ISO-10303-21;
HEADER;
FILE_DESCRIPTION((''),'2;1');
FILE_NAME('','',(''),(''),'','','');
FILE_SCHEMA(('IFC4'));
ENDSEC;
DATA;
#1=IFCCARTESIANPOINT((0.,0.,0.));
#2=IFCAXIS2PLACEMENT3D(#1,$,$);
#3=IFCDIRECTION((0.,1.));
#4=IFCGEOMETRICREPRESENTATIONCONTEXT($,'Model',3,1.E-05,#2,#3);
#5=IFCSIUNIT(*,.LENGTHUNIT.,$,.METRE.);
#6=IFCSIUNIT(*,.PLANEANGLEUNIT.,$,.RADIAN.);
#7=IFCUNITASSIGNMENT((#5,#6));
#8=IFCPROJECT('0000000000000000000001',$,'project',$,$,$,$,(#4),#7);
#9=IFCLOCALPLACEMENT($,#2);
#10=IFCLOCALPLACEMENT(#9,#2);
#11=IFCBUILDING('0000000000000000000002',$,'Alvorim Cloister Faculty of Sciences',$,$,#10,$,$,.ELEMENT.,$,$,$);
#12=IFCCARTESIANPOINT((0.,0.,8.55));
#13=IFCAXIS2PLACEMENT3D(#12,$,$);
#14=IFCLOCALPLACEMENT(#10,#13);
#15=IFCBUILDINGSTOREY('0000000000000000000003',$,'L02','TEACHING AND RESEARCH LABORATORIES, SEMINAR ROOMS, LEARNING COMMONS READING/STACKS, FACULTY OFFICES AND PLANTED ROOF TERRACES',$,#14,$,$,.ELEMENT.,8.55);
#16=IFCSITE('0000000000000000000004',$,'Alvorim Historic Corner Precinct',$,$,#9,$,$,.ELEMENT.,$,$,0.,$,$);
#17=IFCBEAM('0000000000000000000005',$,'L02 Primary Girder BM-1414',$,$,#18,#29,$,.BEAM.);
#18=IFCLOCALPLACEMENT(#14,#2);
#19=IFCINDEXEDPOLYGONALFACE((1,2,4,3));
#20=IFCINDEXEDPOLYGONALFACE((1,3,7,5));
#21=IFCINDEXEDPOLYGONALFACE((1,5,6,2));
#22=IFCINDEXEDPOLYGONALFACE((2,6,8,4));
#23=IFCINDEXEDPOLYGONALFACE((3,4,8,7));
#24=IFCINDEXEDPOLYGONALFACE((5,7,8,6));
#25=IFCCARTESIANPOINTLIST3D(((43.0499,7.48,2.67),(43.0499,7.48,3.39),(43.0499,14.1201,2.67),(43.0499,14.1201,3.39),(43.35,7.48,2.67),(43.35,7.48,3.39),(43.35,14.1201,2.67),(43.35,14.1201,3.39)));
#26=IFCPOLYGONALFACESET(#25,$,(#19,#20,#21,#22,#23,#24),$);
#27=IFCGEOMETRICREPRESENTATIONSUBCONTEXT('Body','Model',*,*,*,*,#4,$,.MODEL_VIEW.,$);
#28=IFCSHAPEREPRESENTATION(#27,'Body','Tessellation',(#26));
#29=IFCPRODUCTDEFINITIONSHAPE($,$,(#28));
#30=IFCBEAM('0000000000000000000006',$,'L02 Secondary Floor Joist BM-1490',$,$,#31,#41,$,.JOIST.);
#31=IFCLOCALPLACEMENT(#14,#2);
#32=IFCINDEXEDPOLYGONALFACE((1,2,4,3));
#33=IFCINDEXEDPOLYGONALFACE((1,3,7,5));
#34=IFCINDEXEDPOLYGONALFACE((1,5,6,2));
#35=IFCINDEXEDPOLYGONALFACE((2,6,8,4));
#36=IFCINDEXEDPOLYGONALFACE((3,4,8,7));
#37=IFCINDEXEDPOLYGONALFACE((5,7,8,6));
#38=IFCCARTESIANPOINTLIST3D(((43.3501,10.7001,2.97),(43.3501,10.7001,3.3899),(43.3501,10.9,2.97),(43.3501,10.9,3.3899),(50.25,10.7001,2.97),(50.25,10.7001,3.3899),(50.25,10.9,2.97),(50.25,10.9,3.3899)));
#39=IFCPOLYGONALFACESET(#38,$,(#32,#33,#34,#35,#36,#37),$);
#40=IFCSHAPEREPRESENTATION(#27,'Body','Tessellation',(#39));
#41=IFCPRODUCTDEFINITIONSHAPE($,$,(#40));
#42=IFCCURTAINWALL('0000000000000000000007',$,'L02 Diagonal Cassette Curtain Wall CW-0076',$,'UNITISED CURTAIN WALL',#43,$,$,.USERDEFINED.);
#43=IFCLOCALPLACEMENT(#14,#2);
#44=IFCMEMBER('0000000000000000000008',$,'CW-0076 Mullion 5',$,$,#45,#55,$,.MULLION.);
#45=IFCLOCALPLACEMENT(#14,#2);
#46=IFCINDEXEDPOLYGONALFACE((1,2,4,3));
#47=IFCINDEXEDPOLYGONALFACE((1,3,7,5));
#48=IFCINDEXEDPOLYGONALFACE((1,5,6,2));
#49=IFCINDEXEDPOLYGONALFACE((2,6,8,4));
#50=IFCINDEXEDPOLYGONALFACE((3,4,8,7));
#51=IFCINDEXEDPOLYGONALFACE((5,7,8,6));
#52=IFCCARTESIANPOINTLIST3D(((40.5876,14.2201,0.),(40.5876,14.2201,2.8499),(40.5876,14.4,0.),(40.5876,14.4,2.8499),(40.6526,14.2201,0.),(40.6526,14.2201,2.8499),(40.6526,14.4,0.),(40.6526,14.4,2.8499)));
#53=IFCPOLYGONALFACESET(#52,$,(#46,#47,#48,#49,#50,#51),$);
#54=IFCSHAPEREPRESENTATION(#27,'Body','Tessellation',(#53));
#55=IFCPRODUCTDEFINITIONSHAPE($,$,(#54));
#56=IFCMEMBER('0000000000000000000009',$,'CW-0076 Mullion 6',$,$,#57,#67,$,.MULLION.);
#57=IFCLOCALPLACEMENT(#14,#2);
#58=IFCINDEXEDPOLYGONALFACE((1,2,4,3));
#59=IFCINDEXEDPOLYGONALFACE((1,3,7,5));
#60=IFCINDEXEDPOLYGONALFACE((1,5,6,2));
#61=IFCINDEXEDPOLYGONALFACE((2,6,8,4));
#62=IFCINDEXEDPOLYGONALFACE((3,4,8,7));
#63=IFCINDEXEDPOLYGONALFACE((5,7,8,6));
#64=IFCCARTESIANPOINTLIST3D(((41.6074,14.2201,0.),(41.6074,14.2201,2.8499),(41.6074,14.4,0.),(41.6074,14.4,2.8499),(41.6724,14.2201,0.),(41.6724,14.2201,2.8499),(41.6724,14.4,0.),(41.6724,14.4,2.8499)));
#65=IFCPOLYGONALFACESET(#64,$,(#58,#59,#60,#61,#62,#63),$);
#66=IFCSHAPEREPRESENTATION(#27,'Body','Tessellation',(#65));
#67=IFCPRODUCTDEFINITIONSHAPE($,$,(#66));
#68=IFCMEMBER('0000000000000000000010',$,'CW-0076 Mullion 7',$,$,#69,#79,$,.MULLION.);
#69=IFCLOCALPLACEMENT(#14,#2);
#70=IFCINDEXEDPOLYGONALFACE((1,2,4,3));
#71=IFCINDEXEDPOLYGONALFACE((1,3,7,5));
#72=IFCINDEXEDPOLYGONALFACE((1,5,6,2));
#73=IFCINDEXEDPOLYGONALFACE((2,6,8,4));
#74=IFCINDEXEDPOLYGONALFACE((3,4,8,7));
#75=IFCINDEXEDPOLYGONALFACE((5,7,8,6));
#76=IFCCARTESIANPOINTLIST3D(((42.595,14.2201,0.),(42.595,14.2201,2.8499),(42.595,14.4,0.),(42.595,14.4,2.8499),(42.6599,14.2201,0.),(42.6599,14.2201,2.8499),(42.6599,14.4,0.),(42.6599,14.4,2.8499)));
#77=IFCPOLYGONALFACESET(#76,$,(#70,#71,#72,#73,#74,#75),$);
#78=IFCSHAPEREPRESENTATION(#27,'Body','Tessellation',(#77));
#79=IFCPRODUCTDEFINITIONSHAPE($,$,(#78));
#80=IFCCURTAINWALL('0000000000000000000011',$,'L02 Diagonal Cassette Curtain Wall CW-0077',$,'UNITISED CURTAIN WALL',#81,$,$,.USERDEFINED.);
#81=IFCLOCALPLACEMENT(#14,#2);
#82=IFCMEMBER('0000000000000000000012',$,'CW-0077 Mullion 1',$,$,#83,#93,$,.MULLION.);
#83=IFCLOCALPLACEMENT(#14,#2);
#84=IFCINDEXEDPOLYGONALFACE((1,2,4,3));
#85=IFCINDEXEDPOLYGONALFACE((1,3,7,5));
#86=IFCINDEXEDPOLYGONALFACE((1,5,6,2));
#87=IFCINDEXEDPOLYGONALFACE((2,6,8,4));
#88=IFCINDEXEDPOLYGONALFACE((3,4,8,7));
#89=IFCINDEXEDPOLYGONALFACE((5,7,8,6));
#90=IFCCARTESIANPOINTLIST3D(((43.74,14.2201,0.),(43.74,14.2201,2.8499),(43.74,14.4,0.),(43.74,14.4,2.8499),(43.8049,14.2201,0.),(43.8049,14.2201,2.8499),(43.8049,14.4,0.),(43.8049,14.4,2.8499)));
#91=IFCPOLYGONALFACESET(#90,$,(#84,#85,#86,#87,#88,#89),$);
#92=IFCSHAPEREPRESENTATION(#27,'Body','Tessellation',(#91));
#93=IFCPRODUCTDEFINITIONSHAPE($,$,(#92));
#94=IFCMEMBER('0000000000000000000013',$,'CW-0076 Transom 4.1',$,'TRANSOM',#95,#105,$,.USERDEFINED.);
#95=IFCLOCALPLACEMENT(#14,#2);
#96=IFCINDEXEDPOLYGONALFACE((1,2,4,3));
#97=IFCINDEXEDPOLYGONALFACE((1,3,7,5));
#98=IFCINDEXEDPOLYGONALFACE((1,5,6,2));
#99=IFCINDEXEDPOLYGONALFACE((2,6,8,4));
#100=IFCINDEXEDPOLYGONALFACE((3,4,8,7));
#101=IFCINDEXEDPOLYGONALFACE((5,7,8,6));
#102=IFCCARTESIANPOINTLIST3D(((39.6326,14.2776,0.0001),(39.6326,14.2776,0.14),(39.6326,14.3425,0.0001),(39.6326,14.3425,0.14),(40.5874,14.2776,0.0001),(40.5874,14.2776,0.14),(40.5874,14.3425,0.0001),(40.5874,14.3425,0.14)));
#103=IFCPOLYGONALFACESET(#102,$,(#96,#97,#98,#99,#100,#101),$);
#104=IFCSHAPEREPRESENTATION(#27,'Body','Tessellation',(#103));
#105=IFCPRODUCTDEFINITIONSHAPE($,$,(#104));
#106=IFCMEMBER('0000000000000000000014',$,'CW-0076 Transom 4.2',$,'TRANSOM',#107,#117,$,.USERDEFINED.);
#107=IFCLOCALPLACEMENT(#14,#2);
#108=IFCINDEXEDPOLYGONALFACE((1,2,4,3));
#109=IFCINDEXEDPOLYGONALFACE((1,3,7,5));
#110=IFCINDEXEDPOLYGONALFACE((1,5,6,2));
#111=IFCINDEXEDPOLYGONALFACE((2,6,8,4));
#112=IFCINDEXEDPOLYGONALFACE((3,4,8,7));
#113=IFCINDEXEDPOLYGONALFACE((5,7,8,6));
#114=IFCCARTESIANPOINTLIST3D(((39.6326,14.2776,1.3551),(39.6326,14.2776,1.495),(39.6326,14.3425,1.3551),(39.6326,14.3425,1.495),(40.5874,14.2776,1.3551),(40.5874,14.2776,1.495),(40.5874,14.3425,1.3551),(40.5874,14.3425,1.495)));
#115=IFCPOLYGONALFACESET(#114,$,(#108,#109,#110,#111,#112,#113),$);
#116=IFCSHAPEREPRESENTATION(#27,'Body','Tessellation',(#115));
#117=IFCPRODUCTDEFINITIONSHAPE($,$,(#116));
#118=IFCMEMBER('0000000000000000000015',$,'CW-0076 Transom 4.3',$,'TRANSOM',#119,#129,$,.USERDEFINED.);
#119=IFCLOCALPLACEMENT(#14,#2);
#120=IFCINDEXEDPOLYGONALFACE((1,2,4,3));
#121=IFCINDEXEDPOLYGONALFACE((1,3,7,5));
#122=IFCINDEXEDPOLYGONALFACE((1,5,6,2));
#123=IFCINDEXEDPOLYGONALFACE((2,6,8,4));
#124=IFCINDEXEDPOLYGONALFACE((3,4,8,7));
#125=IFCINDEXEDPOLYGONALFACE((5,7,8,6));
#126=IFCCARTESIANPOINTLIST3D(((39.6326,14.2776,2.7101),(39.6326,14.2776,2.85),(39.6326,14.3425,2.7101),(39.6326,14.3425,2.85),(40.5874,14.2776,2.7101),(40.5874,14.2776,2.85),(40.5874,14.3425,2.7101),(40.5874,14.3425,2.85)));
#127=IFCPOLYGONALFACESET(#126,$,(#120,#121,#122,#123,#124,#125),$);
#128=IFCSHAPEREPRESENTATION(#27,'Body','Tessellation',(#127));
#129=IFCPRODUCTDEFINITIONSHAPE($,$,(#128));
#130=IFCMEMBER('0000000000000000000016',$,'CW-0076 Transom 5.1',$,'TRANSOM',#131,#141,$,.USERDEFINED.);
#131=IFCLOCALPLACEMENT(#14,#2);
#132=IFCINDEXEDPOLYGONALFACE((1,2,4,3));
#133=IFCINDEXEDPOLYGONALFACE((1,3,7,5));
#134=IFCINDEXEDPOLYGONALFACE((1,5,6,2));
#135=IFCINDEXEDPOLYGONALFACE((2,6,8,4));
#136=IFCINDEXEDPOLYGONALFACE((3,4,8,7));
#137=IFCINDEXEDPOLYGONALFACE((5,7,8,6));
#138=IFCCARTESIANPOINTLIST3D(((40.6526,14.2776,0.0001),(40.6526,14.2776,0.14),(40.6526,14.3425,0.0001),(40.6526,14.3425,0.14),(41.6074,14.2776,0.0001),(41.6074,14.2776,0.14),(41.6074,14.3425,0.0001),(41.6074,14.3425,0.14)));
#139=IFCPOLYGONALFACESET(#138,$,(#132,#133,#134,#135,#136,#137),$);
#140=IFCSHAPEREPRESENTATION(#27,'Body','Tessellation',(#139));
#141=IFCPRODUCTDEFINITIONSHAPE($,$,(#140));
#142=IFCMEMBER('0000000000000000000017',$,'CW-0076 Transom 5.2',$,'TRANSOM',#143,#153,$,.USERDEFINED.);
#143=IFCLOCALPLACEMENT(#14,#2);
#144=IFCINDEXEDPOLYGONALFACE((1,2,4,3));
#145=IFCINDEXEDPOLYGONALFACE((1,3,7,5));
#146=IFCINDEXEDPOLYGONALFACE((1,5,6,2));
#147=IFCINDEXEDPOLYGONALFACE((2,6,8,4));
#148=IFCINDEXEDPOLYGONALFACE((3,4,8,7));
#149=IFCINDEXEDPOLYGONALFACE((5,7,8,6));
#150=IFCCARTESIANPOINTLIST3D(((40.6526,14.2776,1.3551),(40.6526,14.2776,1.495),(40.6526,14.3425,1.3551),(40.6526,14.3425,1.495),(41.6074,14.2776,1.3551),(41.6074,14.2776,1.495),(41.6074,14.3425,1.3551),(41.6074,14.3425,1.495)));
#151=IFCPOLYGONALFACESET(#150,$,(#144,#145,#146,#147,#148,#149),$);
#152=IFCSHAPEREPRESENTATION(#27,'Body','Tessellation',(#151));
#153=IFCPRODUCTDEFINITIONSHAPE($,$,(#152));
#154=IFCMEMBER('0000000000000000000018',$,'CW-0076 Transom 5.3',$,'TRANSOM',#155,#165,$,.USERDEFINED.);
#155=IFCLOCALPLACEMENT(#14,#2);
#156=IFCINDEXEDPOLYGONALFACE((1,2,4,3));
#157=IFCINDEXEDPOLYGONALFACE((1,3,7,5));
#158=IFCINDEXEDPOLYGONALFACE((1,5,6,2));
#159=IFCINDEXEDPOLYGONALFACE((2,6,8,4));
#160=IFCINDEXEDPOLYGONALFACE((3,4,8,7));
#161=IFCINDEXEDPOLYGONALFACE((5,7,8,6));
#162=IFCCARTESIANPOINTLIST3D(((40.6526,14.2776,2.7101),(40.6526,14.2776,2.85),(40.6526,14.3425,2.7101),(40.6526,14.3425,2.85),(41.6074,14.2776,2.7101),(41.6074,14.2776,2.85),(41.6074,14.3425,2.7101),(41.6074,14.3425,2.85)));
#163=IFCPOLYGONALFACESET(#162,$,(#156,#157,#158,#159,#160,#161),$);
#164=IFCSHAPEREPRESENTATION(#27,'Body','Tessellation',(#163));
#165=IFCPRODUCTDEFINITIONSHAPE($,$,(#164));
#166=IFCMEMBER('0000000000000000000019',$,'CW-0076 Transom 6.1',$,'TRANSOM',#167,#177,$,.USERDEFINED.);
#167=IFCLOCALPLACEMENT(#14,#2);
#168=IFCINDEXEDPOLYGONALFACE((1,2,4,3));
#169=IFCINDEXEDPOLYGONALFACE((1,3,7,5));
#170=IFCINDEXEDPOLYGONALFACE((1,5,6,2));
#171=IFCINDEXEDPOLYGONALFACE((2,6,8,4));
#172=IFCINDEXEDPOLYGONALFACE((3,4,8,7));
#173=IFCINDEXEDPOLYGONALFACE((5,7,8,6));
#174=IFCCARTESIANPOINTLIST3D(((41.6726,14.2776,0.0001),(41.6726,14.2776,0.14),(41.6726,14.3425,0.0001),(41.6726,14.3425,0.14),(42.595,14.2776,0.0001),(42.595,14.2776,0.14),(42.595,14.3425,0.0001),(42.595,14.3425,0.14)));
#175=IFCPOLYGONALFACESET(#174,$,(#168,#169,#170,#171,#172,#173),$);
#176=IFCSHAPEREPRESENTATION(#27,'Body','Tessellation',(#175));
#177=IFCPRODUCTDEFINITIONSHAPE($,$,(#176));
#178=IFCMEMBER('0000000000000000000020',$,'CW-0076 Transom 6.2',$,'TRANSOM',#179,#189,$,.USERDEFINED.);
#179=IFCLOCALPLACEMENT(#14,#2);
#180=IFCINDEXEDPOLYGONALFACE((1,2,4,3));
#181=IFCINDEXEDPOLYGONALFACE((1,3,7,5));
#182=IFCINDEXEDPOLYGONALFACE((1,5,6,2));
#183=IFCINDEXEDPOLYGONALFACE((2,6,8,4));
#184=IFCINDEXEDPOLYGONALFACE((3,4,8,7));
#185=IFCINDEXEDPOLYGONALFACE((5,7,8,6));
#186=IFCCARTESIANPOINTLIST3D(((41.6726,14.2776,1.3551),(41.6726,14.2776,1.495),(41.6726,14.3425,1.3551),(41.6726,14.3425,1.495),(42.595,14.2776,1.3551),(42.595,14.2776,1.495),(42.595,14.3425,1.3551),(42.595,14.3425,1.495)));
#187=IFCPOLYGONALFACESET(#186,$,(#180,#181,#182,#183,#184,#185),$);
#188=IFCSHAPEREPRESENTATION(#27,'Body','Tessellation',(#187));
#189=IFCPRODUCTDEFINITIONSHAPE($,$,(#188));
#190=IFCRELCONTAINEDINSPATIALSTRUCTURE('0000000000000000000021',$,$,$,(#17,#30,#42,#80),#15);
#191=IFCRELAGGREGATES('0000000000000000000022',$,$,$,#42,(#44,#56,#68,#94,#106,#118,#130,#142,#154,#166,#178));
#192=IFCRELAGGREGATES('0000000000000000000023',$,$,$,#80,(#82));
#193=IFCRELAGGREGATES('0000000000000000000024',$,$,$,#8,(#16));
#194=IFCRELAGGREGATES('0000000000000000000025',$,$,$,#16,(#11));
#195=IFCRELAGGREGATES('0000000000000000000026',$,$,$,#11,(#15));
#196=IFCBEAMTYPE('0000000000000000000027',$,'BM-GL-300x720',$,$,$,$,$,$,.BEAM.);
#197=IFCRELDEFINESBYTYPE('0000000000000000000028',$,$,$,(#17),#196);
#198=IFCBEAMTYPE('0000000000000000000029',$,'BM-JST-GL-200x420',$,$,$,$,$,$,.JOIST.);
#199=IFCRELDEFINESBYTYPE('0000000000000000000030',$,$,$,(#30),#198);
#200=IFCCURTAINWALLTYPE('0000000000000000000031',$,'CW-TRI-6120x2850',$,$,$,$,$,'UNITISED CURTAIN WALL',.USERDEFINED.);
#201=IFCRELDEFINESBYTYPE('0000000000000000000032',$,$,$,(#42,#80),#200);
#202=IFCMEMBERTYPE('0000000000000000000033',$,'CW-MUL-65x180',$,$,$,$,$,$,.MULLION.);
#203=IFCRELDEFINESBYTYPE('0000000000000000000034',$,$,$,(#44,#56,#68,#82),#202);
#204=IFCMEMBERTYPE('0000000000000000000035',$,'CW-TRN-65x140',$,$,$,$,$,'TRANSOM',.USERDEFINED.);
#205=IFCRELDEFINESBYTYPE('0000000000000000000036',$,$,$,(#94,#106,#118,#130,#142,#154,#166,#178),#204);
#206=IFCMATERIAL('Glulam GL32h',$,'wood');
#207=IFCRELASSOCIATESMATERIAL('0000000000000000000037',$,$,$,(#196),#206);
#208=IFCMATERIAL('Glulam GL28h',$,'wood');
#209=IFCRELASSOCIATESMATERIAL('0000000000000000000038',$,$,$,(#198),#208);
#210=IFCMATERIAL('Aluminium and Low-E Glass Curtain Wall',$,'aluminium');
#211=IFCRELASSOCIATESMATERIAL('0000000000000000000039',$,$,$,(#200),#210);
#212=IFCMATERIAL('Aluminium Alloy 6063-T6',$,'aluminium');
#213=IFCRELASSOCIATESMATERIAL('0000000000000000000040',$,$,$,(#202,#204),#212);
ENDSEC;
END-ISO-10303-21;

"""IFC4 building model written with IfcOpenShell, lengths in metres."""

from ifc_helpers import new_model, si_unit, direction, frame, origin, origin_2d, place, context, subcontext, project, spatial, rectangle, extrude, material, material_profile, profile_set, type_object, element, aggregate, save


model = new_model("IFC4")

# Units and contexts
model_context = context("Model", 3, precision=1e-05, world=origin(), true_north=direction((0.0, 1.0)))
body_context = subcontext(model_context, "Body", "Model", "MODEL_VIEW")
ifc_project = project(units=[si_unit("LENGTHUNIT", "METRE"), si_unit("PLANEANGLEUNIT", "RADIAN")], contexts=[model_context])

# Site, building, storey
site_placement = place(None, origin())
site = spatial("IfcSite", under=ifc_project, at=site_placement, Name="Alvorim Historic Corner Precinct", CompositionType="ELEMENT", RefElevation=0.0)
building_placement = place(site_placement, origin())
building = spatial("IfcBuilding", under=site, at=building_placement, Name="Alvorim Cloister Faculty of Sciences", CompositionType="ELEMENT")
storey_placement = place(building_placement, frame((0.0, 0.0, 8.55)))
storey = spatial("IfcBuildingStorey", under=building, at=storey_placement, Name="L02", Description="TEACHING AND RESEARCH LABORATORIES, SEMINAR ROOMS, LEARNING COMMONS READING/STACKS, FACULTY OFFICES AND PLANTED ROOF TERRACES", CompositionType="ELEMENT", Elevation=8.55)

# Beams
ifc_material_1 = material(Name="Glulam GL32h", Category="wood")
ifc_material_profile_1 = material_profile(ifc_material_1, rectangle(XDim=0.3, YDim=0.72, at=origin_2d()), Name="GL32-BM-300x720")
ifc_profile_set_1 = profile_set([ifc_material_profile_1], Name="Glulam GL32h")
beam_type_1 = type_object("IfcBeamType", Name="BM-GL-300x720", PredefinedType="BEAM", material=ifc_profile_set_1)
beam_1_placement = place(storey_placement, frame((43.2, 7.48, 3.03), z_axis=(0.0, 1.0, 0.0), x_axis=(-1.0, 0.0, 0.0)))
element("IfcBeam", 1, at=beam_1_placement, inside=storey, type_object=beam_type_1, Name="L02 Primary Girder BM-1414", PredefinedType="BEAM", context=body_context, shape_type="SweptSolid", body=[
    extrude(rectangle(XDim=0.3, YDim=0.72, at=origin_2d()), origin(), (0.0, 0.0, 1.0), 6.6401),
])
ifc_material_2 = material(Name="Glulam GL28h", Category="wood")
ifc_material_profile_2 = material_profile(ifc_material_2, rectangle(XDim=0.2, YDim=0.4199, at=origin_2d()), Name="GL28-JST-200x420")
ifc_profile_set_2 = profile_set([ifc_material_profile_2], Name="Glulam GL28h")
beam_type_2 = type_object("IfcBeamType", Name="BM-JST-GL-200x420", PredefinedType="JOIST", material=ifc_profile_set_2)
beam_2_placement = place(storey_placement, frame((43.3501, 10.8, 3.1799), z_axis=(1.0, 0.0, 0.0), x_axis=(0.0, 1.0, 0.0)))
element("IfcBeam", 2, at=beam_2_placement, inside=storey, type_object=beam_type_2, Name="L02 Secondary Floor Joist BM-1490", PredefinedType="JOIST", context=body_context, shape_type="SweptSolid", body=[
    extrude(rectangle(XDim=0.2, YDim=0.4199, at=origin_2d()), origin(), (0.0, 0.0, 1.0), 6.8999),
])

# Curtain wall, members
ifc_material_3 = material(Name="Aluminium and Low-E Glass Curtain Wall", Category="aluminium")
curtain_wall_type = type_object("IfcCurtainWallType", Name="CW-TRI-6120x2850", ElementType="UNITISED CURTAIN WALL", PredefinedType="USERDEFINED", material=ifc_material_3)
curtain_wall_1_placement = place(storey_placement, origin())
curtain_wall_1 = element("IfcCurtainWall", 3, at=curtain_wall_1_placement, inside=storey, type_object=curtain_wall_type, Name="L02 Diagonal Cassette Curtain Wall CW-0076", ObjectType="UNITISED CURTAIN WALL", PredefinedType="USERDEFINED")
ifc_material_4 = material(Name="Aluminium Alloy 6063-T6", Category="aluminium")
ifc_material_profile_3 = material_profile(ifc_material_4, rectangle(XDim=0.0649, YDim=0.1799, at=origin_2d()), Name="ALU-MUL-65x180")
ifc_profile_set_3 = profile_set([ifc_material_profile_3], Name="Aluminium Alloy 6063-T6")
member_type_1 = type_object("IfcMemberType", Name="CW-MUL-65x180", PredefinedType="MULLION", material=ifc_profile_set_3)
member_1_placement = place(storey_placement, frame((40.6201, 14.3101, 0.0), z_axis=(0.0, 0.0, 1.0), x_axis=(1.0, 0.0, 0.0)))
member_1 = element("IfcMember", 4, at=member_1_placement, type_object=member_type_1, Name="CW-0076 Mullion 5", PredefinedType="MULLION", context=body_context, shape_type="SweptSolid", body=[
    extrude(rectangle(XDim=0.0649, YDim=0.1799, at=origin_2d()), origin(), (0.0, 0.0, 1.0), 2.8499),
])
member_2_placement = place(storey_placement, frame((41.6399, 14.3101, 0.0), z_axis=(0.0, 0.0, 1.0), x_axis=(1.0, 0.0, 0.0)))
member_2 = element("IfcMember", 5, at=member_2_placement, type_object=member_type_1, Name="CW-0076 Mullion 6", PredefinedType="MULLION", context=body_context, shape_type="SweptSolid", body=[
    extrude(rectangle(XDim=0.0649, YDim=0.1799, at=origin_2d()), origin(), (0.0, 0.0, 1.0), 2.8499),
])
member_3_placement = place(storey_placement, frame((42.6274, 14.3101, 0.0), z_axis=(0.0, 0.0, 1.0), x_axis=(1.0, 0.0, 0.0)))
member_3 = element("IfcMember", 6, at=member_3_placement, type_object=member_type_1, Name="CW-0076 Mullion 7", PredefinedType="MULLION", context=body_context, shape_type="SweptSolid", body=[
    extrude(rectangle(XDim=0.0649, YDim=0.1799, at=origin_2d()), origin(), (0.0, 0.0, 1.0), 2.8499),
])

# Curtain wall, member
curtain_wall_2_placement = place(storey_placement, origin())
curtain_wall_2 = element("IfcCurtainWall", 7, at=curtain_wall_2_placement, inside=storey, type_object=curtain_wall_type, Name="L02 Diagonal Cassette Curtain Wall CW-0077", ObjectType="UNITISED CURTAIN WALL", PredefinedType="USERDEFINED")
member_4_placement = place(storey_placement, frame((43.7725, 14.3101, 0.0), z_axis=(0.0, 0.0, 1.0), x_axis=(1.0, 0.0, 0.0)))
member_4 = element("IfcMember", 8, at=member_4_placement, type_object=member_type_1, Name="CW-0077 Mullion 1", PredefinedType="MULLION", context=body_context, shape_type="SweptSolid", body=[
    extrude(rectangle(XDim=0.0649, YDim=0.1799, at=origin_2d()), origin(), (0.0, 0.0, 1.0), 2.8499),
])

# Members
ifc_material_profile_4 = material_profile(ifc_material_4, rectangle(XDim=0.0649, YDim=0.1399, at=origin_2d()), Name="ALU-TRN-65x140")
ifc_profile_set_4 = profile_set([ifc_material_profile_4], Name="Aluminium Alloy 6063-T6")
member_type_2 = type_object("IfcMemberType", Name="CW-TRN-65x140", ElementType="TRANSOM", PredefinedType="USERDEFINED", material=ifc_profile_set_4)
member_5_placement = place(storey_placement, frame((39.6326, 14.3101, 0.0701), z_axis=(1.0, 0.0, 0.0), x_axis=(0.0, 1.0, 0.0)))
member_5 = element("IfcMember", 9, at=member_5_placement, type_object=member_type_2, Name="CW-0076 Transom 4.1", ObjectType="TRANSOM", PredefinedType="USERDEFINED", context=body_context, shape_type="SweptSolid", body=[
    extrude(rectangle(XDim=0.0649, YDim=0.1399, at=origin_2d()), origin(), (0.0, 0.0, 1.0), 0.9548),
])
member_6_placement = place(storey_placement, frame((39.6326, 14.3101, 1.425), z_axis=(1.0, 0.0, 0.0), x_axis=(0.0, 1.0, 0.0)))
member_6 = element("IfcMember", 10, at=member_6_placement, type_object=member_type_2, Name="CW-0076 Transom 4.2", ObjectType="TRANSOM", PredefinedType="USERDEFINED", context=body_context, shape_type="SweptSolid", body=[
    extrude(rectangle(XDim=0.0649, YDim=0.1399, at=origin_2d()), origin(), (0.0, 0.0, 1.0), 0.9548),
])
member_7_placement = place(storey_placement, frame((39.6326, 14.3101, 2.78), z_axis=(1.0, 0.0, 0.0), x_axis=(0.0, 1.0, 0.0)))
member_7 = element("IfcMember", 11, at=member_7_placement, type_object=member_type_2, Name="CW-0076 Transom 4.3", ObjectType="TRANSOM", PredefinedType="USERDEFINED", context=body_context, shape_type="SweptSolid", body=[
    extrude(rectangle(XDim=0.0649, YDim=0.1399, at=origin_2d()), origin(), (0.0, 0.0, 1.0), 0.9548),
])
member_8_placement = place(storey_placement, frame((40.6526, 14.3101, 0.0701), z_axis=(1.0, 0.0, 0.0), x_axis=(0.0, 1.0, 0.0)))
member_8 = element("IfcMember", 12, at=member_8_placement, type_object=member_type_2, Name="CW-0076 Transom 5.1", ObjectType="TRANSOM", PredefinedType="USERDEFINED", context=body_context, shape_type="SweptSolid", body=[
    extrude(rectangle(XDim=0.0649, YDim=0.1399, at=origin_2d()), origin(), (0.0, 0.0, 1.0), 0.9548),
])
member_9_placement = place(storey_placement, frame((40.6526, 14.3101, 1.425), z_axis=(1.0, 0.0, 0.0), x_axis=(0.0, 1.0, 0.0)))
member_9 = element("IfcMember", 13, at=member_9_placement, type_object=member_type_2, Name="CW-0076 Transom 5.2", ObjectType="TRANSOM", PredefinedType="USERDEFINED", context=body_context, shape_type="SweptSolid", body=[
    extrude(rectangle(XDim=0.0649, YDim=0.1399, at=origin_2d()), origin(), (0.0, 0.0, 1.0), 0.9548),
])
member_10_placement = place(storey_placement, frame((40.6526, 14.3101, 2.78), z_axis=(1.0, 0.0, 0.0), x_axis=(0.0, 1.0, 0.0)))
member_10 = element("IfcMember", 14, at=member_10_placement, type_object=member_type_2, Name="CW-0076 Transom 5.3", ObjectType="TRANSOM", PredefinedType="USERDEFINED", context=body_context, shape_type="SweptSolid", body=[
    extrude(rectangle(XDim=0.0649, YDim=0.1399, at=origin_2d()), origin(), (0.0, 0.0, 1.0), 0.9548),
])
member_11_placement = place(storey_placement, frame((41.6726, 14.3101, 0.0701), z_axis=(1.0, 0.0, 0.0), x_axis=(0.0, 1.0, 0.0)))
member_11 = element("IfcMember", 15, at=member_11_placement, type_object=member_type_2, Name="CW-0076 Transom 6.1", ObjectType="TRANSOM", PredefinedType="USERDEFINED", context=body_context, shape_type="SweptSolid", body=[
    extrude(rectangle(XDim=0.0649, YDim=0.1399, at=origin_2d()), origin(), (0.0, 0.0, 1.0), 0.9224),
])
member_12_placement = place(storey_placement, frame((41.6726, 14.3101, 1.425), z_axis=(1.0, 0.0, 0.0), x_axis=(0.0, 1.0, 0.0)))
member_12 = element("IfcMember", 16, at=member_12_placement, type_object=member_type_2, Name="CW-0076 Transom 6.2", ObjectType="TRANSOM", PredefinedType="USERDEFINED", context=body_context, shape_type="SweptSolid", body=[
    extrude(rectangle(XDim=0.0649, YDim=0.1399, at=origin_2d()), origin(), (0.0, 0.0, 1.0), 0.9224),
])
aggregate(curtain_wall_1, [member_1, member_2, member_3, member_5, member_6, member_7, member_8, member_9, member_10, member_11, member_12])
aggregate(curtain_wall_2, [member_4])

save(model, "model.ifc")
